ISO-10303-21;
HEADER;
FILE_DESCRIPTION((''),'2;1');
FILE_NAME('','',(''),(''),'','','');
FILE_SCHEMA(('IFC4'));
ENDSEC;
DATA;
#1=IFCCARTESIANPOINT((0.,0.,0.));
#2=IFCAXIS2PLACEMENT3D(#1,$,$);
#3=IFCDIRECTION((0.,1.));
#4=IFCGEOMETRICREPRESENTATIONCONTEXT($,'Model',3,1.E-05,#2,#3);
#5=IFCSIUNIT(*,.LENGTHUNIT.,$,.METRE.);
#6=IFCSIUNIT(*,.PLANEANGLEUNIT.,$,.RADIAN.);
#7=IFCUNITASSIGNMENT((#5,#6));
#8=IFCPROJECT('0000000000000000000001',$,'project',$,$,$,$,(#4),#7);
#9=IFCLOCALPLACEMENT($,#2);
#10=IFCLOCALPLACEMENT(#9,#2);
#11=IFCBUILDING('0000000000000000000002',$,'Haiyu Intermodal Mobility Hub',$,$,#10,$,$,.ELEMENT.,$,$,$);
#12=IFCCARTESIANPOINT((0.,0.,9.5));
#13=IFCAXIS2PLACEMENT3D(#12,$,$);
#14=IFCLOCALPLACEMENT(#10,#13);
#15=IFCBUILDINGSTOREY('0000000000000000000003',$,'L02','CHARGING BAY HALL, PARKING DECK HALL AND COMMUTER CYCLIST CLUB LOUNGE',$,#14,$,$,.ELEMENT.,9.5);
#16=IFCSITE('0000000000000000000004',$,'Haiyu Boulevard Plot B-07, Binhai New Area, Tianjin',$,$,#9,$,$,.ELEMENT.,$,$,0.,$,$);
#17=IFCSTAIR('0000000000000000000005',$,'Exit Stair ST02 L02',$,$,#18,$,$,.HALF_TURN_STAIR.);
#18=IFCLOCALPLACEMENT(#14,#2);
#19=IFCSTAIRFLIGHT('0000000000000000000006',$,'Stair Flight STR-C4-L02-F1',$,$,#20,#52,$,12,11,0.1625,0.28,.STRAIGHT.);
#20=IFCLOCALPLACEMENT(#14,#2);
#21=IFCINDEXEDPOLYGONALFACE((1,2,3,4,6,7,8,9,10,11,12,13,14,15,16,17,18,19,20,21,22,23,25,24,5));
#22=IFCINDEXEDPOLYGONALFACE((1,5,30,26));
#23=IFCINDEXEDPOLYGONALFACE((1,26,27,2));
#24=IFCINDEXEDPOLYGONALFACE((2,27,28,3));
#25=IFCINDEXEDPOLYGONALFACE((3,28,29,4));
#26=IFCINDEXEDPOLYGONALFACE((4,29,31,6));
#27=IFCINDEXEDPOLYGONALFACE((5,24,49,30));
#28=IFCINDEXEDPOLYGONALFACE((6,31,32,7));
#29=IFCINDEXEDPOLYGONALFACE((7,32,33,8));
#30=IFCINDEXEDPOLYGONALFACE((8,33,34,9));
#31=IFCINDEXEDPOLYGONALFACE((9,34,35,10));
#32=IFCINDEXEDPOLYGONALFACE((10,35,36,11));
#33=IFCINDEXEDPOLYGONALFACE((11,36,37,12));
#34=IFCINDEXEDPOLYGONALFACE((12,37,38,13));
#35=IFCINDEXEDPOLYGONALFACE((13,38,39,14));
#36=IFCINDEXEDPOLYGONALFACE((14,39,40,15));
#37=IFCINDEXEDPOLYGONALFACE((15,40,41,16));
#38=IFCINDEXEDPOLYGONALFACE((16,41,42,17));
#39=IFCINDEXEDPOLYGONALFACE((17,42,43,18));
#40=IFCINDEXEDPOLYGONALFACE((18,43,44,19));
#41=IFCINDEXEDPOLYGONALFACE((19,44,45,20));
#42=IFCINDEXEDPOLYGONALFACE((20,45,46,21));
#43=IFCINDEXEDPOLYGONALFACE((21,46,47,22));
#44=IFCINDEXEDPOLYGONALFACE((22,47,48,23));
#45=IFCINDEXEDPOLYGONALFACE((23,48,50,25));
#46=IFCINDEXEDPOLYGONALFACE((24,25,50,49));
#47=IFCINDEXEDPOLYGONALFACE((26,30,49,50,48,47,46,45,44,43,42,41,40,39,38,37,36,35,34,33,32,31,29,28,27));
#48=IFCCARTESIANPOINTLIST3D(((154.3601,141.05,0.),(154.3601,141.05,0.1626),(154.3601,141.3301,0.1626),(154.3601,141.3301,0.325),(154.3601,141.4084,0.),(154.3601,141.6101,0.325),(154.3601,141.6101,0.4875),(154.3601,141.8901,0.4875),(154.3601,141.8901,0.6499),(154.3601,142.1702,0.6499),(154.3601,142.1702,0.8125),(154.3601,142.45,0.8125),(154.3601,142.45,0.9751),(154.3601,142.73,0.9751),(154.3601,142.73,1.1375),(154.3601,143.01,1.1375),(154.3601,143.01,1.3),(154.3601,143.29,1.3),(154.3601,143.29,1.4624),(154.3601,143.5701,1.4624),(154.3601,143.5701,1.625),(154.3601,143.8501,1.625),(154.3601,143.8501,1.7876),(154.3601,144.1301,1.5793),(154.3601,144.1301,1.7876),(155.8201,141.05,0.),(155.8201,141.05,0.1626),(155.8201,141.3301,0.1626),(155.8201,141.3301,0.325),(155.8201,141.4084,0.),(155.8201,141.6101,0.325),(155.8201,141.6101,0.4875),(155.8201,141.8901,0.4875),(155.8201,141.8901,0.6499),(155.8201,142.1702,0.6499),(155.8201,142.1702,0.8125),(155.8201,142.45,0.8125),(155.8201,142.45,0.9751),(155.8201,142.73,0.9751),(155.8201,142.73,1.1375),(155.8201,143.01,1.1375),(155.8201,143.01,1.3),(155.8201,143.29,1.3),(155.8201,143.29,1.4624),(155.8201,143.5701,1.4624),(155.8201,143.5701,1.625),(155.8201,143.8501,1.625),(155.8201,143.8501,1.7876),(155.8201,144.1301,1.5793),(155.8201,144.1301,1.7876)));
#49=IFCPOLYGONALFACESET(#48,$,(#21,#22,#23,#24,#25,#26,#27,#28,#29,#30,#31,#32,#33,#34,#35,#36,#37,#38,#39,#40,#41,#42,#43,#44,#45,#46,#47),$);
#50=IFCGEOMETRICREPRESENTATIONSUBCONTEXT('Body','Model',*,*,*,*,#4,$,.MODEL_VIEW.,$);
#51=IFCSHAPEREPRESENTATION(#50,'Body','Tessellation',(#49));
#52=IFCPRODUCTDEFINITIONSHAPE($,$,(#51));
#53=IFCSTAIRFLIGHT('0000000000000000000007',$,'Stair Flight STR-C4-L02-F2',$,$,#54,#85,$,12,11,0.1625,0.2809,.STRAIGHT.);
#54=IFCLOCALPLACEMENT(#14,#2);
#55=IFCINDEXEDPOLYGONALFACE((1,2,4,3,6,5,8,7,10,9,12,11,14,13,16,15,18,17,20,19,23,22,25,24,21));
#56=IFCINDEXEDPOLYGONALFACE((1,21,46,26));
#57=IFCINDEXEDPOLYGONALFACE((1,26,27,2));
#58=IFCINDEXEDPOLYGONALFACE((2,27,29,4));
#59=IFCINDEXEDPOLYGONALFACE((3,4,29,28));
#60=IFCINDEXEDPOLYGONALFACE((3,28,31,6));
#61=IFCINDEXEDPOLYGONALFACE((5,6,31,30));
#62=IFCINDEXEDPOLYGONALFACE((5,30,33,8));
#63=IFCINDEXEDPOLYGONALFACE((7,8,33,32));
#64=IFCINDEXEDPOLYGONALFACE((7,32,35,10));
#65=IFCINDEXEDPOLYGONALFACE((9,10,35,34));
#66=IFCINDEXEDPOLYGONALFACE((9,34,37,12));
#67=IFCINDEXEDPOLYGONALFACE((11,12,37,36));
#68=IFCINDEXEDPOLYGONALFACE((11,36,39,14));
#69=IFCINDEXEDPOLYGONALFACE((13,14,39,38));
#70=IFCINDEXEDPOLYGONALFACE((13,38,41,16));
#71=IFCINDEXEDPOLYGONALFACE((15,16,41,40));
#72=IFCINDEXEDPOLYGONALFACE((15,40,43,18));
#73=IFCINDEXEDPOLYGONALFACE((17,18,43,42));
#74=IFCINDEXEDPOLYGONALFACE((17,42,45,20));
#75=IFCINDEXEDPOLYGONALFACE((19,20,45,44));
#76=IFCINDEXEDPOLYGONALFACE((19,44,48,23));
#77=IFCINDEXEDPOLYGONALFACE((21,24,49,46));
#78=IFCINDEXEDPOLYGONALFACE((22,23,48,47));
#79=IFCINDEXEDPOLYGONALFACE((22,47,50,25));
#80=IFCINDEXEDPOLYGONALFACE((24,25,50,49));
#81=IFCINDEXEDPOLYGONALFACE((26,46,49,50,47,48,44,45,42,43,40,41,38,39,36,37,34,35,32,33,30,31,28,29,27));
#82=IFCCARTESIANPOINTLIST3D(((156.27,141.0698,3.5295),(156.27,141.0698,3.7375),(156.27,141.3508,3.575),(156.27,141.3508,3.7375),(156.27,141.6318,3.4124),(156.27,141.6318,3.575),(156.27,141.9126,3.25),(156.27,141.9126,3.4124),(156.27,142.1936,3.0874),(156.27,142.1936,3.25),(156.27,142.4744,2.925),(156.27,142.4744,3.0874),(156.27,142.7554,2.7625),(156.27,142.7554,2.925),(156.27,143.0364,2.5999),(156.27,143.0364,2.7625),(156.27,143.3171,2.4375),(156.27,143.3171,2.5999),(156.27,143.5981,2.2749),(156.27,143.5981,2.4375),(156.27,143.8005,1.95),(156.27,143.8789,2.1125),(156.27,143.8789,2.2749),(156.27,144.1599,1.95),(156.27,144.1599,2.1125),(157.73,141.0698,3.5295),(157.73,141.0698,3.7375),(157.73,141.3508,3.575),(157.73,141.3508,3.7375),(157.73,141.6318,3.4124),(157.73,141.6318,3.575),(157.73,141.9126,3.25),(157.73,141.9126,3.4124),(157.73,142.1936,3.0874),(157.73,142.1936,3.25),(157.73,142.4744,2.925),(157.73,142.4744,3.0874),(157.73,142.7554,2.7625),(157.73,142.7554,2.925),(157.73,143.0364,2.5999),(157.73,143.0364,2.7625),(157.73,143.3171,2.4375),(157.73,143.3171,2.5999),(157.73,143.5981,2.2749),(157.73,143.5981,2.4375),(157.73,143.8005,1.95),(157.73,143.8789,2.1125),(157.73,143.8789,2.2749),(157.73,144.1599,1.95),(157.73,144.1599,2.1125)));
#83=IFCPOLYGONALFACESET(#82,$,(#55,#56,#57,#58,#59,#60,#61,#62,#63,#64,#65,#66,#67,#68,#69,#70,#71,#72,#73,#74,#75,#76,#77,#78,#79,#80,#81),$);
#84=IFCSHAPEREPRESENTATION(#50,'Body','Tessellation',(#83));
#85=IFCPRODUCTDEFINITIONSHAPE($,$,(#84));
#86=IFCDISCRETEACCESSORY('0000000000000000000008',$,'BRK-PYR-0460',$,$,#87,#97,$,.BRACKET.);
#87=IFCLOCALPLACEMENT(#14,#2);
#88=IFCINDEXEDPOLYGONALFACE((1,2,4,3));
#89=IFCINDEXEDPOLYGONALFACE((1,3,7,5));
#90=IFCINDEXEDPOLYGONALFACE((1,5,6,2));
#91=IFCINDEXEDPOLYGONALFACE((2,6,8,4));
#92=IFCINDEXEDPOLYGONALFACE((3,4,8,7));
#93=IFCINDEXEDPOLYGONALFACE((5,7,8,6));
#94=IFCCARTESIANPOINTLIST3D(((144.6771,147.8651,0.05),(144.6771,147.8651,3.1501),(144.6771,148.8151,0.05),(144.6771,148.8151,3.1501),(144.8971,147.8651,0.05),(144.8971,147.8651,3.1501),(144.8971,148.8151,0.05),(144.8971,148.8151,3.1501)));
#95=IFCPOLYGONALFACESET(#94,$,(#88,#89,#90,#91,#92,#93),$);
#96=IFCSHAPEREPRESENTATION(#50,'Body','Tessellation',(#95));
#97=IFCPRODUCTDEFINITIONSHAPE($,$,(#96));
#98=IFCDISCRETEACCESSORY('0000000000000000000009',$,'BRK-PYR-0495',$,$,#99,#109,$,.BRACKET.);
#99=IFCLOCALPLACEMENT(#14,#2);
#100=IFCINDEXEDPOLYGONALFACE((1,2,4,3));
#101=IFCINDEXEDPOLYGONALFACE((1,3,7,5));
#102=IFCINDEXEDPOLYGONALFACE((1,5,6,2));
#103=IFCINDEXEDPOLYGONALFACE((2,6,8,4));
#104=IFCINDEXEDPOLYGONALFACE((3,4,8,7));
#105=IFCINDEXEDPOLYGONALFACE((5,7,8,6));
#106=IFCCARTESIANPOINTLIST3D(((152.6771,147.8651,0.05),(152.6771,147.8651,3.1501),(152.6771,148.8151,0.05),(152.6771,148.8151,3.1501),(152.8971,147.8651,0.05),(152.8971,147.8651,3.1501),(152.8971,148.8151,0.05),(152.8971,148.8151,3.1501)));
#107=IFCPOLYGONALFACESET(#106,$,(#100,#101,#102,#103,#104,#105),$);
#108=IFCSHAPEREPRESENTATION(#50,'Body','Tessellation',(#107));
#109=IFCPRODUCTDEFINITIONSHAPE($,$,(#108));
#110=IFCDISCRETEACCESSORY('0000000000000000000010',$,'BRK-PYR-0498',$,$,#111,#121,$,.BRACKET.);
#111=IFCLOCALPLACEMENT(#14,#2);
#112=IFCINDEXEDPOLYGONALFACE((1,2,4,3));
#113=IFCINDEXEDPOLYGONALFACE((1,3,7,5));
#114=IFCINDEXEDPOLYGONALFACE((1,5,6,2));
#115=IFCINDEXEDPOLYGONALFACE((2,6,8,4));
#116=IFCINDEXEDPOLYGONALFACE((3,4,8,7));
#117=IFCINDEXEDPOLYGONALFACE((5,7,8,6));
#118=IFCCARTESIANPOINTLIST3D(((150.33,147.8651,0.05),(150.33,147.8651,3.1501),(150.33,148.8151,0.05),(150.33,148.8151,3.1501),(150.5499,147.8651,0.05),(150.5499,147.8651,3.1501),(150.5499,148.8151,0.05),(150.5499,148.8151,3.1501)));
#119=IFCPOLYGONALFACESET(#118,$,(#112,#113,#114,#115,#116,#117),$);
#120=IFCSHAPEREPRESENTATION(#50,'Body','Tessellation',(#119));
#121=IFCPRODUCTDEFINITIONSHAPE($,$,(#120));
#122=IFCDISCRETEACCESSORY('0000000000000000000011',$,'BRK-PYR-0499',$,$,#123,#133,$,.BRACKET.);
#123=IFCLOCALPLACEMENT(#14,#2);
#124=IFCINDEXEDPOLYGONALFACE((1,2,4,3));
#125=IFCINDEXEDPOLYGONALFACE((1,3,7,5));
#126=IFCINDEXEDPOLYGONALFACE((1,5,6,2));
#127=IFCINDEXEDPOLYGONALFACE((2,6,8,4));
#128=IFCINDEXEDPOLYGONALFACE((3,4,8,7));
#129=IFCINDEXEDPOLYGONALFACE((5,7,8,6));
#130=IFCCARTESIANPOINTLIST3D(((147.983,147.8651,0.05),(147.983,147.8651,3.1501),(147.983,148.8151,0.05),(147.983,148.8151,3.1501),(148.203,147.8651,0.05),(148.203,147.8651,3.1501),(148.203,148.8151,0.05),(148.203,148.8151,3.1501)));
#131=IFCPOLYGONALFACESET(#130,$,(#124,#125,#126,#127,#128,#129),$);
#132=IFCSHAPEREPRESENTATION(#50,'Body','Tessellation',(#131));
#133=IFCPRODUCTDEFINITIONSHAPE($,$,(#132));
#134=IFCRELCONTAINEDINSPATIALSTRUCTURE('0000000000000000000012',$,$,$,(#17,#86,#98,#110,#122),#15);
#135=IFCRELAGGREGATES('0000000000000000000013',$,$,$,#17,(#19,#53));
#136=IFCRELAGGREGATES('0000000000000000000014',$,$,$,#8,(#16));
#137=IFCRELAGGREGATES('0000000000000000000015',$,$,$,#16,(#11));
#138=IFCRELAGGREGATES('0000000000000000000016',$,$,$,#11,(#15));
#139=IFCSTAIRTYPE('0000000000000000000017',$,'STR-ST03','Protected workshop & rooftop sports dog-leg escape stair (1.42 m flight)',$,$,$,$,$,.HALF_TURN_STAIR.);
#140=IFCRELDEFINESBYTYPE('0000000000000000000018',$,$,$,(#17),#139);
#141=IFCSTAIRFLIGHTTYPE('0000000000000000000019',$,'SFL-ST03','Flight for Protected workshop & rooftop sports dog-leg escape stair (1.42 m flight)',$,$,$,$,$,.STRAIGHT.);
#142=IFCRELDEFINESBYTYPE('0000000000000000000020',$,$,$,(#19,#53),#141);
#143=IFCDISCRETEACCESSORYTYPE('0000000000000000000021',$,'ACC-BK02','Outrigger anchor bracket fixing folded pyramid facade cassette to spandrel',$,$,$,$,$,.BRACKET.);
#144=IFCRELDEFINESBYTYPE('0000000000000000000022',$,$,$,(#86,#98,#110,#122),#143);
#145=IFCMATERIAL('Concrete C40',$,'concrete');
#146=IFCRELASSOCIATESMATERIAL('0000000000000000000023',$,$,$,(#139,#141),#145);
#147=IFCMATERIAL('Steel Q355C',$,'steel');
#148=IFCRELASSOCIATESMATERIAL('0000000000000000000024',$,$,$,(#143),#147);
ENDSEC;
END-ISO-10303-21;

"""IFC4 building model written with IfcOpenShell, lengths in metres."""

from ifc_helpers import new_model, si_unit, direction, frame, origin, origin_2d, place, context, subcontext, project, spatial, polyline, rectangle, outline, extrude, material, type_object, element, aggregate, save


model = new_model("IFC4")

# Units and contexts
model_context = context("Model", 3, precision=1e-05, world=origin(), true_north=direction((0.0, 1.0)))
body_context = subcontext(model_context, "Body", "Model", "MODEL_VIEW")
ifc_project = project(units=[si_unit("LENGTHUNIT", "METRE"), si_unit("PLANEANGLEUNIT", "RADIAN")], contexts=[model_context])

# Site, building, storey
site_placement = place(None, origin())
site = spatial("IfcSite", under=ifc_project, at=site_placement, Name="Haiyu Boulevard Plot B-07, Binhai New Area, Tianjin", CompositionType="ELEMENT", RefElevation=0.0)
building_placement = place(site_placement, origin())
building = spatial("IfcBuilding", under=site, at=building_placement, Name="Haiyu Intermodal Mobility Hub", CompositionType="ELEMENT")
storey_placement = place(building_placement, frame((0.0, 0.0, 9.5)))
storey = spatial("IfcBuildingStorey", under=building, at=storey_placement, Name="L02", Description="CHARGING BAY HALL, PARKING DECK HALL AND COMMUTER CYCLIST CLUB LOUNGE", CompositionType="ELEMENT", Elevation=9.5)

# Shared definitions
ifc_material_1 = material(Name="Steel Q355C", Category="steel")

# Shared definitions
ifc_material_2 = material(Name="Concrete C40", Category="concrete")

# Stair, stair flights
stair_type = type_object("IfcStairType", Name="STR-ST03", Description="Protected workshop & rooftop sports dog-leg escape stair (1.42 m flight)", PredefinedType="HALF_TURN_STAIR", material=ifc_material_2)
stair_placement = place(storey_placement, origin())
stair = element("IfcStair", 1, at=stair_placement, inside=storey, type_object=stair_type, Name="Exit Stair ST02 L02", PredefinedType="HALF_TURN_STAIR")
stair_flight_type = type_object("IfcStairFlightType", Name="SFL-ST03", Description="Flight for Protected workshop & rooftop sports dog-leg escape stair (1.42 m flight)", PredefinedType="STRAIGHT", material=ifc_material_2)
stair_flight_1_placement = place(storey_placement, frame((155.0901, 141.05, 0.0), z_axis=(0.0, 0.0, 1.0), x_axis=(0.0, 1.0, 0.0)))
stair_flight_1 = element("IfcStairFlight", 2, at=stair_flight_1_placement, type_object=stair_flight_type, Name="Stair Flight STR-C4-L02-F1", NumberOfRisers=12, NumberOfTreads=11, PredefinedType="STRAIGHT", RiserHeight=0.1625, TreadLength=0.28, context=body_context, shape_type="SweptSolid", body=[
    extrude(outline(polyline([(0.0, 0.0), (0.0, 0.1626), (0.28, 0.1626), (0.28, 0.325), (0.5601, 0.325), (0.5601, 0.4875), (0.8401, 0.4875), (0.8401, 0.6499), (1.1201, 0.6499), (1.1201, 0.8125), (1.3999, 0.8125), (1.3999, 0.9751), (1.6799, 0.9751), (1.6799, 1.1375), (1.96, 1.1375), (1.96, 1.3), (2.24, 1.3), (2.24, 1.4624), (2.52, 1.4624), (2.52, 1.625), (2.8, 1.625), (2.8, 1.7876), (3.0801, 1.7876), (3.0801, 1.95), (3.0801, 1.5793), (0.3584, 0.0), (0.0, 0.0)])), frame((0.0, 0.73, 0.0), z_axis=(0.0, -1.0, 0.0), x_axis=(1.0, 0.0, 0.0)), (0.0, 0.0, 1.0), 1.46),
])
stair_flight_2_placement = place(storey_placement, frame((157.0, 144.1599, 1.95), z_axis=(0.0, 0.0, 1.0), x_axis=(0.0, -1.0, 0.0)))
stair_flight_2 = element("IfcStairFlight", 3, at=stair_flight_2_placement, type_object=stair_flight_type, Name="Stair Flight STR-C4-L02-F2", NumberOfRisers=12, NumberOfTreads=11, PredefinedType="STRAIGHT", RiserHeight=0.1625, TreadLength=0.2809, context=body_context, shape_type="SweptSolid", body=[
    extrude(outline(polyline([(0.0, 0.0), (0.0, 0.1626), (0.281, 0.1626), (0.281, 0.325), (0.5618, 0.325), (0.5618, 0.4875), (0.8428, 0.4875), (0.8428, 0.6499), (1.1235, 0.6499), (1.1235, 0.8125), (1.4045, 0.8125), (1.4045, 0.9751), (1.6855, 0.9751), (1.6855, 1.1375), (1.9663, 1.1375), (1.9663, 1.3), (2.2473, 1.3), (2.2473, 1.4624), (2.5281, 1.4624), (2.5281, 1.625), (2.8091, 1.625), (2.8091, 1.7876), (3.0901, 1.7876), (3.0901, 1.95), (3.0901, 1.5796), (0.3594, 0.0), (0.0, 0.0)])), frame((0.0, 0.73, 0.0), z_axis=(0.0, -1.0, 0.0), x_axis=(1.0, 0.0, 0.0)), (0.0, 0.0, 1.0), 1.46),
])
aggregate(stair, [stair_flight_1, stair_flight_2])

# Discrete accessories
discrete_accessory_type = type_object("IfcDiscreteAccessoryType", Name="ACC-BK02", Description="Outrigger anchor bracket fixing folded pyramid facade cassette to spandrel", PredefinedType="BRACKET", material=ifc_material_1)
for number, where, z_axis, x_axis, name in (
    (4, (144.7871, 148.3401, 0.05), (0.0, 0.0, 1.0), (1.0, 0.0, 0.0), "BRK-PYR-0460"),
    (5, (152.7871, 148.3401, 0.05), (0.0, 0.0, 1.0), (1.0, 0.0, 0.0), "BRK-PYR-0495"),
    (6, (150.4399, 148.3401, 0.05), (0.0, 0.0, 1.0), (1.0, 0.0, 0.0), "BRK-PYR-0498"),
    (7, (148.093, 148.3401, 0.05), (0.0, 0.0, 1.0), (1.0, 0.0, 0.0), "BRK-PYR-0499"),
):
    element("IfcDiscreteAccessory", number, at=place(storey_placement, frame(where, z_axis=z_axis, x_axis=x_axis)), inside=storey, type_object=discrete_accessory_type, Name=name, PredefinedType="BRACKET", context=body_context, shape_type="SweptSolid", body=[
        extrude(rectangle(XDim=0.22, YDim=0.95, at=origin_2d()), origin(), (0.0, 0.0, 1.0), 3.1001),
    ])

save(model, "model.ifc")
